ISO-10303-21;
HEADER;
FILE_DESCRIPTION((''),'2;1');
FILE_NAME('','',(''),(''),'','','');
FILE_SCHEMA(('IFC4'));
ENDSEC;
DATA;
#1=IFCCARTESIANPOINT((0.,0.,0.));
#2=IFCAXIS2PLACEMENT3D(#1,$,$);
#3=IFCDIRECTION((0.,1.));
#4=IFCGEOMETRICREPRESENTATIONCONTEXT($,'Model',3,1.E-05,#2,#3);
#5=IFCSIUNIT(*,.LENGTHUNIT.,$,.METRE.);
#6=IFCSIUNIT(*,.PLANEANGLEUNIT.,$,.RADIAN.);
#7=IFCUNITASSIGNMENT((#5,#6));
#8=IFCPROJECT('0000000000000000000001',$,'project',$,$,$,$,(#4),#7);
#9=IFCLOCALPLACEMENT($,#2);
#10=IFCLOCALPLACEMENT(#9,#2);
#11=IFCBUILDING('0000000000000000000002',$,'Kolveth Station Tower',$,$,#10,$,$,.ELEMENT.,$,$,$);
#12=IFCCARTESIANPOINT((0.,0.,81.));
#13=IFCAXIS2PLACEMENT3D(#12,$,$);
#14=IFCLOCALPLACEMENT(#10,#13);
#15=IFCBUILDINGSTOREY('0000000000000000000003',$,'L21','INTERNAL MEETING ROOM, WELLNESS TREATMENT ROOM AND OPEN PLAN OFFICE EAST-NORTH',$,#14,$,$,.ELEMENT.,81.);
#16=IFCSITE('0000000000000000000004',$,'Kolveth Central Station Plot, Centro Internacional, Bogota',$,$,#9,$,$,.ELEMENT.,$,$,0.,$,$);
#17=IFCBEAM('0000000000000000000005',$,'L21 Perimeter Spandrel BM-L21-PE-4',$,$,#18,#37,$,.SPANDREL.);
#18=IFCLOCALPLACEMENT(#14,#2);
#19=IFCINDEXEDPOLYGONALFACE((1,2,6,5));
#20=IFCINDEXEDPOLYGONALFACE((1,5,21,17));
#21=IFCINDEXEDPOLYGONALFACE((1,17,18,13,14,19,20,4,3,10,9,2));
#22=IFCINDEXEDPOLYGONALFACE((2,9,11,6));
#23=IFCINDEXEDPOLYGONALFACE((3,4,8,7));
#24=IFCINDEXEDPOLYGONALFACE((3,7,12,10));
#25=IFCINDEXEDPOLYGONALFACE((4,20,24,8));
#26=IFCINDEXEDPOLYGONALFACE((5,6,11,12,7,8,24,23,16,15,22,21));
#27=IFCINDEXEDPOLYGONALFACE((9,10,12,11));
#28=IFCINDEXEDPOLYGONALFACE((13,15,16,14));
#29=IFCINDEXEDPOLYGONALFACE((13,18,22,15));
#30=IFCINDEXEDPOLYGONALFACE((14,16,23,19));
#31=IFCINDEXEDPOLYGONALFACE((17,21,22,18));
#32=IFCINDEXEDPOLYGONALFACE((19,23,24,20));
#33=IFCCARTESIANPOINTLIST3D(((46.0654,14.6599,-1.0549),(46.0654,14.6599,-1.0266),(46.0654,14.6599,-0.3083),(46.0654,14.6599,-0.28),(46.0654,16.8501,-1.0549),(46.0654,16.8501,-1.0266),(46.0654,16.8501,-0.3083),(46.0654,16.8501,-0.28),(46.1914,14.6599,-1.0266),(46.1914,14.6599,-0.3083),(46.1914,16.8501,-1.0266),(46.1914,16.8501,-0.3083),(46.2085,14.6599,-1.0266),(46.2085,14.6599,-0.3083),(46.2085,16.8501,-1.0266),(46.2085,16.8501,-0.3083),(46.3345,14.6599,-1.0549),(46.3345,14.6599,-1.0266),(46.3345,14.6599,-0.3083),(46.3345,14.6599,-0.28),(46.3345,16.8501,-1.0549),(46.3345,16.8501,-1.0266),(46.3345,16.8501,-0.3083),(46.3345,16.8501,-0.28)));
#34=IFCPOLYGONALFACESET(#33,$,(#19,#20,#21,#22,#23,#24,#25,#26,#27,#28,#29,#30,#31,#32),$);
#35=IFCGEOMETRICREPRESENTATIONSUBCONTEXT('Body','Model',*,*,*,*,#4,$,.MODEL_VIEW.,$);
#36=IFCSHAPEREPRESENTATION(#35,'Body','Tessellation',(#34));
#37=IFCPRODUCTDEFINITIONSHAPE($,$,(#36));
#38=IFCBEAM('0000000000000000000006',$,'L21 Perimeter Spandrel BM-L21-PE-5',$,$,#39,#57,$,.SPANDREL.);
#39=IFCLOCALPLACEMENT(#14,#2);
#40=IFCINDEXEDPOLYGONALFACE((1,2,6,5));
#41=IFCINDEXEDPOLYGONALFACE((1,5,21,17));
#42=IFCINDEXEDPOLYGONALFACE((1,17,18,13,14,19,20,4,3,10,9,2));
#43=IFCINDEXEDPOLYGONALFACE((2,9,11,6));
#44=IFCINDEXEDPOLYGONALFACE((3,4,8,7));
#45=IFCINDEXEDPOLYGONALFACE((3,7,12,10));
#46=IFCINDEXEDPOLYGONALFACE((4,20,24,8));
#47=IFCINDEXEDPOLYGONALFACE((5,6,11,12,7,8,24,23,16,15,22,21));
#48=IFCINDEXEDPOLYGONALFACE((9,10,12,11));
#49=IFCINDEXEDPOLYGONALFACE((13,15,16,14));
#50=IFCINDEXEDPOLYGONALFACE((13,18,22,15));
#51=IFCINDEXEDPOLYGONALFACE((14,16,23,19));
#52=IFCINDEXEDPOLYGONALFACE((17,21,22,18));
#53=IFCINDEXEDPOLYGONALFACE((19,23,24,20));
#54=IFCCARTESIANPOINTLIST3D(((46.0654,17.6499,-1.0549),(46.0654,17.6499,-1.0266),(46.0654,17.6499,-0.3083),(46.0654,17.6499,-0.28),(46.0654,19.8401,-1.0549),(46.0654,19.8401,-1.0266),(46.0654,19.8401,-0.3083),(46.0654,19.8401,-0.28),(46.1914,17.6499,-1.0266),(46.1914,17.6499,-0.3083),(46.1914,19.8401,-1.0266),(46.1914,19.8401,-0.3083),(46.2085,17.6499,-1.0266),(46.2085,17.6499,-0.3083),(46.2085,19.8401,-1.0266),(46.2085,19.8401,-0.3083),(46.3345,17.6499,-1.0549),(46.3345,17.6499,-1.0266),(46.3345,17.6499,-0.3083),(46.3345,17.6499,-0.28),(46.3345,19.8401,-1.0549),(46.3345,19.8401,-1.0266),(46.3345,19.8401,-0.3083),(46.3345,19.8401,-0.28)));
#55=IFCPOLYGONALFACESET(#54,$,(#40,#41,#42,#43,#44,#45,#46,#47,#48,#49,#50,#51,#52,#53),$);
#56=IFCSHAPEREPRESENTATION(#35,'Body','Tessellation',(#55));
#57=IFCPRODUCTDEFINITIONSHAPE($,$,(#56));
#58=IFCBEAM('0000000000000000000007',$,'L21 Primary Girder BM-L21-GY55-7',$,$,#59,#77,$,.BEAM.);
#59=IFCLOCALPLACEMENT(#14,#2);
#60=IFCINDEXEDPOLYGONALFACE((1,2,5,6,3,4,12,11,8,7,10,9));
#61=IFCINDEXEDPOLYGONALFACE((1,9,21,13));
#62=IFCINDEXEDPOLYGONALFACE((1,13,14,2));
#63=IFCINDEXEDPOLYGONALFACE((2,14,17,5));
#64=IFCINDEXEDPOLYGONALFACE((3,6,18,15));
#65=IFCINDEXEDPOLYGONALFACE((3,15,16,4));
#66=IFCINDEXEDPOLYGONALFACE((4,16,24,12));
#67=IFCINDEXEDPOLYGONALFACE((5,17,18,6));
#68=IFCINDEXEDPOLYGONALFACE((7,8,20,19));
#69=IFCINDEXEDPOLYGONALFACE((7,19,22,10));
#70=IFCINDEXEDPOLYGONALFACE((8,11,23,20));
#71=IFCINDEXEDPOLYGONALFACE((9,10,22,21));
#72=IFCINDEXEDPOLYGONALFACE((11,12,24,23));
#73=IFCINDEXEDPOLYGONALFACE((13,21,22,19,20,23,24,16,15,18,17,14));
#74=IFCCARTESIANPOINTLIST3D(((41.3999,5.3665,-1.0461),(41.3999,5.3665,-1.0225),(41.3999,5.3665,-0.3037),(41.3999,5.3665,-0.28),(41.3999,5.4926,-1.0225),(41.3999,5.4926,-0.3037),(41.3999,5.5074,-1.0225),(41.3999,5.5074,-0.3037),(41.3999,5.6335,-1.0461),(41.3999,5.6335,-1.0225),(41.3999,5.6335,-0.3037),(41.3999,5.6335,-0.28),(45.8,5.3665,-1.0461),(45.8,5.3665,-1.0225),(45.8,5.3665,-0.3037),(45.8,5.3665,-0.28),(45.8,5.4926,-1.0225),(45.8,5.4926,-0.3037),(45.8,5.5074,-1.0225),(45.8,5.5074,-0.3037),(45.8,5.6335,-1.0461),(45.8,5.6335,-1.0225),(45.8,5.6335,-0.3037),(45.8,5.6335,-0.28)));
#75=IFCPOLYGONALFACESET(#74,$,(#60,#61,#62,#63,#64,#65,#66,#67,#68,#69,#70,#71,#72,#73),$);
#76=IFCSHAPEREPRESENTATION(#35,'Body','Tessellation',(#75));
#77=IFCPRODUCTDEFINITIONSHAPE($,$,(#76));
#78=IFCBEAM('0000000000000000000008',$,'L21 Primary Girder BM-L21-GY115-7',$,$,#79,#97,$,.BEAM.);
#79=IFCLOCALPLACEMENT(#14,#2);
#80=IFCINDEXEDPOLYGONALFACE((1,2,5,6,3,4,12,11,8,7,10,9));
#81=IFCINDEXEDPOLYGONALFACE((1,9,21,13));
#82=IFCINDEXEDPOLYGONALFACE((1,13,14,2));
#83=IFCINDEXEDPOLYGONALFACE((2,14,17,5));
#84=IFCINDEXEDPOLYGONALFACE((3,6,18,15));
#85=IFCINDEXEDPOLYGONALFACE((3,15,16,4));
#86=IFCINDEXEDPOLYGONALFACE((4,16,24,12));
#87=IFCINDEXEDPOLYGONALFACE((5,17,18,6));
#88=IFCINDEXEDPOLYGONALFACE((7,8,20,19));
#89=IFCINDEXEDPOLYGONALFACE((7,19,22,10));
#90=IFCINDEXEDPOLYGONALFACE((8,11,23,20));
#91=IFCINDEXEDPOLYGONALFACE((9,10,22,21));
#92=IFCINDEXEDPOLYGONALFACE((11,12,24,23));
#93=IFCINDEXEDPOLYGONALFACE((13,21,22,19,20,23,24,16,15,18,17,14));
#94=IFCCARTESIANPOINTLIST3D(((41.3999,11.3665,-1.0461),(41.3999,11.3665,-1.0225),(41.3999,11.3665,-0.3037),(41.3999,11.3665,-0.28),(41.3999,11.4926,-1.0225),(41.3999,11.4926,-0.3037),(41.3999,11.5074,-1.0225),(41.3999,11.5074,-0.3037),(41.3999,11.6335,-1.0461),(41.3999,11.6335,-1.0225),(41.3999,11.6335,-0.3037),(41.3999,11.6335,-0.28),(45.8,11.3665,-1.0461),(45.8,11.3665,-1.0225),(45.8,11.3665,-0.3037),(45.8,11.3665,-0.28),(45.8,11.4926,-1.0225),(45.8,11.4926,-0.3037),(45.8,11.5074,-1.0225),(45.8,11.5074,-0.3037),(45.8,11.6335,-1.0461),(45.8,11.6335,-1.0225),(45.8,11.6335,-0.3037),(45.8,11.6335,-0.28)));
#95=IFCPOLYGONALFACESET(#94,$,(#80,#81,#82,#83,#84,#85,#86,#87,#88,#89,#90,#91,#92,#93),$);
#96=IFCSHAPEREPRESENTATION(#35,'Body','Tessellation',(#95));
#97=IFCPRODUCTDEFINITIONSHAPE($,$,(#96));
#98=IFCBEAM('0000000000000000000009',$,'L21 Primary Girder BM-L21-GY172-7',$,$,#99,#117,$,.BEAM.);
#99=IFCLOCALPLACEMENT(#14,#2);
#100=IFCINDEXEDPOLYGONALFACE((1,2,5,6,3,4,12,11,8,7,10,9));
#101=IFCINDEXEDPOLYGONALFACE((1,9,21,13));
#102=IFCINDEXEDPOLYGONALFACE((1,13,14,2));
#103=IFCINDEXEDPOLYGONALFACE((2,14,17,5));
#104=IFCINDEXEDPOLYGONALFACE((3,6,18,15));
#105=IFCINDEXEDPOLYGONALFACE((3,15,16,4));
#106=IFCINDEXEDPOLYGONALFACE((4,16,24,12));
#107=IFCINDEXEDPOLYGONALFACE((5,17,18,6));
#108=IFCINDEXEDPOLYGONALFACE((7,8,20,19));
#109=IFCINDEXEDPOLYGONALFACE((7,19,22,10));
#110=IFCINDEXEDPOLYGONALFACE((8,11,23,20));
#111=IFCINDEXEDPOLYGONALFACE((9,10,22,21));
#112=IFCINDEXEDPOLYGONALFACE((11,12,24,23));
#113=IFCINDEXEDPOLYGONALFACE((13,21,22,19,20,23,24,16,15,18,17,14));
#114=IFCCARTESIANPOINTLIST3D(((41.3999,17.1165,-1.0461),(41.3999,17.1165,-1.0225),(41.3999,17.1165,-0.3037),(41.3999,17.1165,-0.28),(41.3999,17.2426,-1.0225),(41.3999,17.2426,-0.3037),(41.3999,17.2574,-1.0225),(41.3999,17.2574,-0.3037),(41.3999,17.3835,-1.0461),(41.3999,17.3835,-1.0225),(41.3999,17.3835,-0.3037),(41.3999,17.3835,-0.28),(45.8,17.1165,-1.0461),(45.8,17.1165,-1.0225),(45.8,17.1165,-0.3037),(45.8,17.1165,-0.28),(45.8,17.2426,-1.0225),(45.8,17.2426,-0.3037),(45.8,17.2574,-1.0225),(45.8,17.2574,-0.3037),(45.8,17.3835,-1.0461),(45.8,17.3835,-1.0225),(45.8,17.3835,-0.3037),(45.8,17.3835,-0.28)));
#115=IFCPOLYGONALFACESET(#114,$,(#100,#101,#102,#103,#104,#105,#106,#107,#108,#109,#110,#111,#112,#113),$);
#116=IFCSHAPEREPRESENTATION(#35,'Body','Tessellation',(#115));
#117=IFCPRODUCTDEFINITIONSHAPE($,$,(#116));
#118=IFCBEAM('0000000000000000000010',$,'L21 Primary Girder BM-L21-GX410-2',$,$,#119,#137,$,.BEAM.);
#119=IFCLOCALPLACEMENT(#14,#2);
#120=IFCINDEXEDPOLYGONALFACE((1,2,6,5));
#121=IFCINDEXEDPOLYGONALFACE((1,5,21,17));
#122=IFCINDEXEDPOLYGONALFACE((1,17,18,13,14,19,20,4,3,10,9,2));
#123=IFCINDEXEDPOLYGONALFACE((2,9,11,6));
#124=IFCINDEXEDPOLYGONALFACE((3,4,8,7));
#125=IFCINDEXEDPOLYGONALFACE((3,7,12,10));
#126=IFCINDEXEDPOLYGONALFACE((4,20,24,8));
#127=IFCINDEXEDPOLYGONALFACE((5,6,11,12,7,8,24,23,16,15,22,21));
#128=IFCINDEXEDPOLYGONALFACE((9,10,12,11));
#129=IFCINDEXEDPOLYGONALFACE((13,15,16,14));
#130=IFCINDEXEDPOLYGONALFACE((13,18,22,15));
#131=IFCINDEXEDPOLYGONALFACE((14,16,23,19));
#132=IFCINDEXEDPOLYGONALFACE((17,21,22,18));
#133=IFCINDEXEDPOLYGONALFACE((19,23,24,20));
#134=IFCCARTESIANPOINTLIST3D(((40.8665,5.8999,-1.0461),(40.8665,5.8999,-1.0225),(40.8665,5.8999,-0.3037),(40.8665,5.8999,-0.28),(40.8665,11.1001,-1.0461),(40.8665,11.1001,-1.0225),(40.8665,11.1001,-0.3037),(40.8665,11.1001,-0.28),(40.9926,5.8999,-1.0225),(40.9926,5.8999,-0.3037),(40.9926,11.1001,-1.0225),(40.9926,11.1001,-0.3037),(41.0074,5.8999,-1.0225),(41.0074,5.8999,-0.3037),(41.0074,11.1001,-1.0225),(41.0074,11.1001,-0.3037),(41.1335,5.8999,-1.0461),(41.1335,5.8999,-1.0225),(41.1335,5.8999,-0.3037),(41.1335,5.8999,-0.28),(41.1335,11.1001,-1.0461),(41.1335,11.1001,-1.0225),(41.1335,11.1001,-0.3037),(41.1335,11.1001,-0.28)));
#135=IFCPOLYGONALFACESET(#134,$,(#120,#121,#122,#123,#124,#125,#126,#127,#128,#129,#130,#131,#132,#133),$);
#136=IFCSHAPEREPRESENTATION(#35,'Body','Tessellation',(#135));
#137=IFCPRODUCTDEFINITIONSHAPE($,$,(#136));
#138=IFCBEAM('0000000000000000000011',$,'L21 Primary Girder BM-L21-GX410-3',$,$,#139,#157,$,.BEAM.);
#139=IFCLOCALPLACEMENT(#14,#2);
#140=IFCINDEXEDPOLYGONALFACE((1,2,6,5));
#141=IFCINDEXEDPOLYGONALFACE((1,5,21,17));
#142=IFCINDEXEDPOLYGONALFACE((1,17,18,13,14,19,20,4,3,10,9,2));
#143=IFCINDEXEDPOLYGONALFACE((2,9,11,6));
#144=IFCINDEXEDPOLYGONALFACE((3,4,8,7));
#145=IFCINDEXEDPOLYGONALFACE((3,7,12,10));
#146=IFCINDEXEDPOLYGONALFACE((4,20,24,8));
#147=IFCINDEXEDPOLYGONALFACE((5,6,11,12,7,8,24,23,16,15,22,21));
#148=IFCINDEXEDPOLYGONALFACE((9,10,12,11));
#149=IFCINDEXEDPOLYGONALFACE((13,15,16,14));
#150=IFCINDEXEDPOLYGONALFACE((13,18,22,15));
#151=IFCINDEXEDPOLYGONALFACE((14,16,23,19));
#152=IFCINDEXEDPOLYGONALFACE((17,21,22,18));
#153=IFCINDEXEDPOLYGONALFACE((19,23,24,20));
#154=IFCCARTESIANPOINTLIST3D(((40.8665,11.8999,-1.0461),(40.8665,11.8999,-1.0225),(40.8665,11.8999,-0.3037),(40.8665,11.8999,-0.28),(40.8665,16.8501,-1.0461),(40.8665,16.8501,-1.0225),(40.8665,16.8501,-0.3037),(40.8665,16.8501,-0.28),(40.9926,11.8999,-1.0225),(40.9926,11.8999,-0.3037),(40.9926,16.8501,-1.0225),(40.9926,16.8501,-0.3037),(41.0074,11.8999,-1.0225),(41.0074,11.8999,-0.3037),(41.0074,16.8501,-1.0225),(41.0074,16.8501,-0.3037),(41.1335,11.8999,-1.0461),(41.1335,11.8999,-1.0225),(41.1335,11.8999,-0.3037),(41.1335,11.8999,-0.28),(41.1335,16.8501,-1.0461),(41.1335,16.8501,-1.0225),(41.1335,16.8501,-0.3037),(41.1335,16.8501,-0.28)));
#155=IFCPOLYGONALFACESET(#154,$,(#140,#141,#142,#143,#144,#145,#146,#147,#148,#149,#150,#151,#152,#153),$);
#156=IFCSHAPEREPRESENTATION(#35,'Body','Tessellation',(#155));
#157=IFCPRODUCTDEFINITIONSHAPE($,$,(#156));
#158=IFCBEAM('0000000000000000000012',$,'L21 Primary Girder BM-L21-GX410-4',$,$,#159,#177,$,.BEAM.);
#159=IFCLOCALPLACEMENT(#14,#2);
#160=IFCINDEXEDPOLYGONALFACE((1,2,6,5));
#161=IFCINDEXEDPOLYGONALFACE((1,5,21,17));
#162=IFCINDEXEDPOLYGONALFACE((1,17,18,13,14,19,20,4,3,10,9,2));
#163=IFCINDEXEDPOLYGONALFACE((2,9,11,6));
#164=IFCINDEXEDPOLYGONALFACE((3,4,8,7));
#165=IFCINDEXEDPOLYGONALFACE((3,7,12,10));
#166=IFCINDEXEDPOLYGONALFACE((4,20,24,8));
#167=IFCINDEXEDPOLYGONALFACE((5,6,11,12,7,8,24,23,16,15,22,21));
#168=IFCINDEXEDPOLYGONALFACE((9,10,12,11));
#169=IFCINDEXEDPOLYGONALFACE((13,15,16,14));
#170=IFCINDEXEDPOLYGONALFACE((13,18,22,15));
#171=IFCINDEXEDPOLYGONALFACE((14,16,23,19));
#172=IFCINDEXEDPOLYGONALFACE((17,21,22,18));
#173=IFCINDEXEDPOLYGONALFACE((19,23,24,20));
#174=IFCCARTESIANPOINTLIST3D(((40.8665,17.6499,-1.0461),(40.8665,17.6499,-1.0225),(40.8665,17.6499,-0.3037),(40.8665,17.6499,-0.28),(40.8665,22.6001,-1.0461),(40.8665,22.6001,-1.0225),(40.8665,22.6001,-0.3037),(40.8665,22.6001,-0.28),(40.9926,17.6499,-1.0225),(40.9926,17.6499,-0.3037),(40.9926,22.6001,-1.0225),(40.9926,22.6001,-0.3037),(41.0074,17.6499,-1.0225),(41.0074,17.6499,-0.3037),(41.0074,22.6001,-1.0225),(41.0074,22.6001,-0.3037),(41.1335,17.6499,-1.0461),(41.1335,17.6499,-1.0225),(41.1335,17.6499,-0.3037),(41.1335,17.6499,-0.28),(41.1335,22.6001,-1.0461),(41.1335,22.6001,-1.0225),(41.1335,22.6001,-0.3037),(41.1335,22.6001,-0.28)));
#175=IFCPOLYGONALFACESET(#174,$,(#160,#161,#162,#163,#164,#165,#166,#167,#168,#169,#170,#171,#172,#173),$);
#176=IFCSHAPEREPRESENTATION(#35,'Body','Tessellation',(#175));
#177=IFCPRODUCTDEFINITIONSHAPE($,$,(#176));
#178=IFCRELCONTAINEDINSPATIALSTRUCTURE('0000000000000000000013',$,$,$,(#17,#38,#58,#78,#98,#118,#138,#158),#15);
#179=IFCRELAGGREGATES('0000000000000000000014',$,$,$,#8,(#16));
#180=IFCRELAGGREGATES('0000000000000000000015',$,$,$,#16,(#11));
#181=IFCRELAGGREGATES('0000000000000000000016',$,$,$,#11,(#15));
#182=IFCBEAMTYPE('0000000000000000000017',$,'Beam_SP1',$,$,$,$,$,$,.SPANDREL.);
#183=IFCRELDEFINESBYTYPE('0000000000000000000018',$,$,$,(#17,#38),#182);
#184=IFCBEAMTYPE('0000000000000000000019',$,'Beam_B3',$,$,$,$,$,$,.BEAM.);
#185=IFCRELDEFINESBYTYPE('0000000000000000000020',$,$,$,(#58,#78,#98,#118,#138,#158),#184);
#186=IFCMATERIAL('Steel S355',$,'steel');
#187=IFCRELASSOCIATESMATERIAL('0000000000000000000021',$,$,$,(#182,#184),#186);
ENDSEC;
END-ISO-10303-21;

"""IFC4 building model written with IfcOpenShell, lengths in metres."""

from ifc_helpers import new_model, si_unit, direction, frame, origin, origin_2d, place, context, subcontext, project, spatial, i_section, extrude, source, transform, mapped, material, material_profile, profile_set, type_object, element, save


model = new_model("IFC4")

# Units and contexts
model_context = context("Model", 3, precision=1e-05, world=origin(), true_north=direction((0.0, 1.0)))
body_context = subcontext(model_context, "Body", "Model", "MODEL_VIEW")
ifc_project = project(units=[si_unit("LENGTHUNIT", "METRE"), si_unit("PLANEANGLEUNIT", "RADIAN")], contexts=[model_context])

# Site, building, storey
site_placement = place(None, origin())
site = spatial("IfcSite", under=ifc_project, at=site_placement, Name="Kolveth Central Station Plot, Centro Internacional, Bogota", CompositionType="ELEMENT", RefElevation=0.0)
building_placement = place(site_placement, origin())
building = spatial("IfcBuilding", under=site, at=building_placement, Name="Kolveth Station Tower", CompositionType="ELEMENT")
storey_placement = place(building_placement, frame((0.0, 0.0, 81.0)))
storey = spatial("IfcBuildingStorey", under=building, at=storey_placement, Name="L21", Description="INTERNAL MEETING ROOM, WELLNESS TREATMENT ROOM AND OPEN PLAN OFFICE EAST-NORTH", CompositionType="ELEMENT", Elevation=81.0)

# Shared definitions
ifc_material_1 = material(Name="Steel S355", Category="steel")

# Beams
ifc_material_profile_1 = material_profile(ifc_material_1, i_section(OverallWidth=0.269, OverallDepth=0.7749, WebThickness=0.0171, FlangeThickness=0.0283, at=origin_2d()), Name="W760x220")
ifc_profile_set_1 = profile_set([ifc_material_profile_1], Name="Steel S355")
beam_type_1 = type_object("IfcBeamType", Name="Beam_SP1", PredefinedType="SPANDREL", material=ifc_profile_set_1)
shared_shape_1 = source(origin(), body_context, "Body", "SweptSolid", [
    extrude(i_section(OverallWidth=0.269, OverallDepth=0.7749, WebThickness=0.0171, FlangeThickness=0.0283, at=origin_2d()), origin(), (0.0, 0.0, 1.0), 2.1902),
])
for number, where, z_axis, x_axis, name in (
    (1, (46.2, 14.6599, -0.6675), (0.0, 1.0, 0.0), (-1.0, 0.0, 0.0), "L21 Perimeter Spandrel BM-L21-PE-4"),
    (2, (46.2, 17.6499, -0.6675), (0.0, 1.0, 0.0), (-1.0, 0.0, 0.0), "L21 Perimeter Spandrel BM-L21-PE-5"),
):
    element("IfcBeam", number, at=place(storey_placement, frame(where, z_axis=z_axis, x_axis=x_axis)), inside=storey, type_object=beam_type_1, Name=name, PredefinedType="SPANDREL", context=body_context, shape_type="MappedRepresentation", body=[
        mapped(shared_shape_1, transform((0.0, 0.0, 0.0), x_axis=(1.0, 0.0, 0.0), y_axis=(0.0, 1.0, 0.0), z_axis=(0.0, 0.0, 1.0), scale=1.0)),
    ])
ifc_material_profile_2 = material_profile(ifc_material_1, i_section(OverallWidth=0.2671, OverallDepth=0.7661, WebThickness=0.0149, FlangeThickness=0.0237, at=origin_2d()), Name="W760x185")
ifc_profile_set_2 = profile_set([ifc_material_profile_2], Name="Steel S355")
beam_type_2 = type_object("IfcBeamType", Name="Beam_B3", PredefinedType="BEAM", material=ifc_profile_set_2)
shared_shape_2 = source(origin(), body_context, "Body", "SweptSolid", [
    extrude(i_section(OverallWidth=0.2671, OverallDepth=0.7661, WebThickness=0.0149, FlangeThickness=0.0237, at=origin_2d()), origin(), (0.0, 0.0, 1.0), 4.4001),
])
for number, where, z_axis, x_axis, name in (
    (3, (41.3999, 5.5, -0.6631), (1.0, 0.0, 0.0), (0.0, 1.0, 0.0), "L21 Primary Girder BM-L21-GY55-7"),
    (4, (41.3999, 11.5, -0.6631), (1.0, 0.0, 0.0), (0.0, 1.0, 0.0), "L21 Primary Girder BM-L21-GY115-7"),
    (5, (41.3999, 17.25, -0.6631), (1.0, 0.0, 0.0), (0.0, 1.0, 0.0), "L21 Primary Girder BM-L21-GY172-7"),
):
    element("IfcBeam", number, at=place(storey_placement, frame(where, z_axis=z_axis, x_axis=x_axis)), inside=storey, type_object=beam_type_2, Name=name, PredefinedType="BEAM", context=body_context, shape_type="MappedRepresentation", body=[
        mapped(shared_shape_2, transform((0.0, 0.0, 0.0), x_axis=(1.0, 0.0, 0.0), y_axis=(0.0, 1.0, 0.0), z_axis=(0.0, 0.0, 1.0), scale=1.0)),
    ])
shared_shape_3 = source(origin(), body_context, "Body", "SweptSolid", [
    extrude(i_section(OverallWidth=0.2671, OverallDepth=0.7661, WebThickness=0.0149, FlangeThickness=0.0237, at=origin_2d()), origin(), (0.0, 0.0, 1.0), 5.2002),
])
beam_1_placement = place(storey_placement, frame((41.0, 5.8999, -0.6631), z_axis=(0.0, 1.0, 0.0), x_axis=(-1.0, 0.0, 0.0)))
element("IfcBeam", 6, at=beam_1_placement, inside=storey, type_object=beam_type_2, Name="L21 Primary Girder BM-L21-GX410-2", PredefinedType="BEAM", context=body_context, shape_type="MappedRepresentation", body=[
    mapped(shared_shape_3, transform((0.0, 0.0, 0.0), x_axis=(1.0, 0.0, 0.0), y_axis=(0.0, 1.0, 0.0), z_axis=(0.0, 0.0, 1.0), scale=1.0)),
])
shared_shape_4 = source(origin(), body_context, "Body", "SweptSolid", [
    extrude(i_section(OverallWidth=0.2671, OverallDepth=0.7661, WebThickness=0.0149, FlangeThickness=0.0237, at=origin_2d()), origin(), (0.0, 0.0, 1.0), 4.9502),
])
for number, where, z_axis, x_axis, name in (
    (7, (41.0, 11.8999, -0.6631), (0.0, 1.0, 0.0), (-1.0, 0.0, 0.0), "L21 Primary Girder BM-L21-GX410-3"),
    (8, (41.0, 17.6499, -0.6631), (0.0, 1.0, 0.0), (-1.0, 0.0, 0.0), "L21 Primary Girder BM-L21-GX410-4"),
):
    element("IfcBeam", number, at=place(storey_placement, frame(where, z_axis=z_axis, x_axis=x_axis)), inside=storey, type_object=beam_type_2, Name=name, PredefinedType="BEAM", context=body_context, shape_type="MappedRepresentation", body=[
        mapped(shared_shape_4, transform((0.0, 0.0, 0.0), x_axis=(1.0, 0.0, 0.0), y_axis=(0.0, 1.0, 0.0), z_axis=(0.0, 0.0, 1.0), scale=1.0)),
    ])

save(model, "model.ifc")
